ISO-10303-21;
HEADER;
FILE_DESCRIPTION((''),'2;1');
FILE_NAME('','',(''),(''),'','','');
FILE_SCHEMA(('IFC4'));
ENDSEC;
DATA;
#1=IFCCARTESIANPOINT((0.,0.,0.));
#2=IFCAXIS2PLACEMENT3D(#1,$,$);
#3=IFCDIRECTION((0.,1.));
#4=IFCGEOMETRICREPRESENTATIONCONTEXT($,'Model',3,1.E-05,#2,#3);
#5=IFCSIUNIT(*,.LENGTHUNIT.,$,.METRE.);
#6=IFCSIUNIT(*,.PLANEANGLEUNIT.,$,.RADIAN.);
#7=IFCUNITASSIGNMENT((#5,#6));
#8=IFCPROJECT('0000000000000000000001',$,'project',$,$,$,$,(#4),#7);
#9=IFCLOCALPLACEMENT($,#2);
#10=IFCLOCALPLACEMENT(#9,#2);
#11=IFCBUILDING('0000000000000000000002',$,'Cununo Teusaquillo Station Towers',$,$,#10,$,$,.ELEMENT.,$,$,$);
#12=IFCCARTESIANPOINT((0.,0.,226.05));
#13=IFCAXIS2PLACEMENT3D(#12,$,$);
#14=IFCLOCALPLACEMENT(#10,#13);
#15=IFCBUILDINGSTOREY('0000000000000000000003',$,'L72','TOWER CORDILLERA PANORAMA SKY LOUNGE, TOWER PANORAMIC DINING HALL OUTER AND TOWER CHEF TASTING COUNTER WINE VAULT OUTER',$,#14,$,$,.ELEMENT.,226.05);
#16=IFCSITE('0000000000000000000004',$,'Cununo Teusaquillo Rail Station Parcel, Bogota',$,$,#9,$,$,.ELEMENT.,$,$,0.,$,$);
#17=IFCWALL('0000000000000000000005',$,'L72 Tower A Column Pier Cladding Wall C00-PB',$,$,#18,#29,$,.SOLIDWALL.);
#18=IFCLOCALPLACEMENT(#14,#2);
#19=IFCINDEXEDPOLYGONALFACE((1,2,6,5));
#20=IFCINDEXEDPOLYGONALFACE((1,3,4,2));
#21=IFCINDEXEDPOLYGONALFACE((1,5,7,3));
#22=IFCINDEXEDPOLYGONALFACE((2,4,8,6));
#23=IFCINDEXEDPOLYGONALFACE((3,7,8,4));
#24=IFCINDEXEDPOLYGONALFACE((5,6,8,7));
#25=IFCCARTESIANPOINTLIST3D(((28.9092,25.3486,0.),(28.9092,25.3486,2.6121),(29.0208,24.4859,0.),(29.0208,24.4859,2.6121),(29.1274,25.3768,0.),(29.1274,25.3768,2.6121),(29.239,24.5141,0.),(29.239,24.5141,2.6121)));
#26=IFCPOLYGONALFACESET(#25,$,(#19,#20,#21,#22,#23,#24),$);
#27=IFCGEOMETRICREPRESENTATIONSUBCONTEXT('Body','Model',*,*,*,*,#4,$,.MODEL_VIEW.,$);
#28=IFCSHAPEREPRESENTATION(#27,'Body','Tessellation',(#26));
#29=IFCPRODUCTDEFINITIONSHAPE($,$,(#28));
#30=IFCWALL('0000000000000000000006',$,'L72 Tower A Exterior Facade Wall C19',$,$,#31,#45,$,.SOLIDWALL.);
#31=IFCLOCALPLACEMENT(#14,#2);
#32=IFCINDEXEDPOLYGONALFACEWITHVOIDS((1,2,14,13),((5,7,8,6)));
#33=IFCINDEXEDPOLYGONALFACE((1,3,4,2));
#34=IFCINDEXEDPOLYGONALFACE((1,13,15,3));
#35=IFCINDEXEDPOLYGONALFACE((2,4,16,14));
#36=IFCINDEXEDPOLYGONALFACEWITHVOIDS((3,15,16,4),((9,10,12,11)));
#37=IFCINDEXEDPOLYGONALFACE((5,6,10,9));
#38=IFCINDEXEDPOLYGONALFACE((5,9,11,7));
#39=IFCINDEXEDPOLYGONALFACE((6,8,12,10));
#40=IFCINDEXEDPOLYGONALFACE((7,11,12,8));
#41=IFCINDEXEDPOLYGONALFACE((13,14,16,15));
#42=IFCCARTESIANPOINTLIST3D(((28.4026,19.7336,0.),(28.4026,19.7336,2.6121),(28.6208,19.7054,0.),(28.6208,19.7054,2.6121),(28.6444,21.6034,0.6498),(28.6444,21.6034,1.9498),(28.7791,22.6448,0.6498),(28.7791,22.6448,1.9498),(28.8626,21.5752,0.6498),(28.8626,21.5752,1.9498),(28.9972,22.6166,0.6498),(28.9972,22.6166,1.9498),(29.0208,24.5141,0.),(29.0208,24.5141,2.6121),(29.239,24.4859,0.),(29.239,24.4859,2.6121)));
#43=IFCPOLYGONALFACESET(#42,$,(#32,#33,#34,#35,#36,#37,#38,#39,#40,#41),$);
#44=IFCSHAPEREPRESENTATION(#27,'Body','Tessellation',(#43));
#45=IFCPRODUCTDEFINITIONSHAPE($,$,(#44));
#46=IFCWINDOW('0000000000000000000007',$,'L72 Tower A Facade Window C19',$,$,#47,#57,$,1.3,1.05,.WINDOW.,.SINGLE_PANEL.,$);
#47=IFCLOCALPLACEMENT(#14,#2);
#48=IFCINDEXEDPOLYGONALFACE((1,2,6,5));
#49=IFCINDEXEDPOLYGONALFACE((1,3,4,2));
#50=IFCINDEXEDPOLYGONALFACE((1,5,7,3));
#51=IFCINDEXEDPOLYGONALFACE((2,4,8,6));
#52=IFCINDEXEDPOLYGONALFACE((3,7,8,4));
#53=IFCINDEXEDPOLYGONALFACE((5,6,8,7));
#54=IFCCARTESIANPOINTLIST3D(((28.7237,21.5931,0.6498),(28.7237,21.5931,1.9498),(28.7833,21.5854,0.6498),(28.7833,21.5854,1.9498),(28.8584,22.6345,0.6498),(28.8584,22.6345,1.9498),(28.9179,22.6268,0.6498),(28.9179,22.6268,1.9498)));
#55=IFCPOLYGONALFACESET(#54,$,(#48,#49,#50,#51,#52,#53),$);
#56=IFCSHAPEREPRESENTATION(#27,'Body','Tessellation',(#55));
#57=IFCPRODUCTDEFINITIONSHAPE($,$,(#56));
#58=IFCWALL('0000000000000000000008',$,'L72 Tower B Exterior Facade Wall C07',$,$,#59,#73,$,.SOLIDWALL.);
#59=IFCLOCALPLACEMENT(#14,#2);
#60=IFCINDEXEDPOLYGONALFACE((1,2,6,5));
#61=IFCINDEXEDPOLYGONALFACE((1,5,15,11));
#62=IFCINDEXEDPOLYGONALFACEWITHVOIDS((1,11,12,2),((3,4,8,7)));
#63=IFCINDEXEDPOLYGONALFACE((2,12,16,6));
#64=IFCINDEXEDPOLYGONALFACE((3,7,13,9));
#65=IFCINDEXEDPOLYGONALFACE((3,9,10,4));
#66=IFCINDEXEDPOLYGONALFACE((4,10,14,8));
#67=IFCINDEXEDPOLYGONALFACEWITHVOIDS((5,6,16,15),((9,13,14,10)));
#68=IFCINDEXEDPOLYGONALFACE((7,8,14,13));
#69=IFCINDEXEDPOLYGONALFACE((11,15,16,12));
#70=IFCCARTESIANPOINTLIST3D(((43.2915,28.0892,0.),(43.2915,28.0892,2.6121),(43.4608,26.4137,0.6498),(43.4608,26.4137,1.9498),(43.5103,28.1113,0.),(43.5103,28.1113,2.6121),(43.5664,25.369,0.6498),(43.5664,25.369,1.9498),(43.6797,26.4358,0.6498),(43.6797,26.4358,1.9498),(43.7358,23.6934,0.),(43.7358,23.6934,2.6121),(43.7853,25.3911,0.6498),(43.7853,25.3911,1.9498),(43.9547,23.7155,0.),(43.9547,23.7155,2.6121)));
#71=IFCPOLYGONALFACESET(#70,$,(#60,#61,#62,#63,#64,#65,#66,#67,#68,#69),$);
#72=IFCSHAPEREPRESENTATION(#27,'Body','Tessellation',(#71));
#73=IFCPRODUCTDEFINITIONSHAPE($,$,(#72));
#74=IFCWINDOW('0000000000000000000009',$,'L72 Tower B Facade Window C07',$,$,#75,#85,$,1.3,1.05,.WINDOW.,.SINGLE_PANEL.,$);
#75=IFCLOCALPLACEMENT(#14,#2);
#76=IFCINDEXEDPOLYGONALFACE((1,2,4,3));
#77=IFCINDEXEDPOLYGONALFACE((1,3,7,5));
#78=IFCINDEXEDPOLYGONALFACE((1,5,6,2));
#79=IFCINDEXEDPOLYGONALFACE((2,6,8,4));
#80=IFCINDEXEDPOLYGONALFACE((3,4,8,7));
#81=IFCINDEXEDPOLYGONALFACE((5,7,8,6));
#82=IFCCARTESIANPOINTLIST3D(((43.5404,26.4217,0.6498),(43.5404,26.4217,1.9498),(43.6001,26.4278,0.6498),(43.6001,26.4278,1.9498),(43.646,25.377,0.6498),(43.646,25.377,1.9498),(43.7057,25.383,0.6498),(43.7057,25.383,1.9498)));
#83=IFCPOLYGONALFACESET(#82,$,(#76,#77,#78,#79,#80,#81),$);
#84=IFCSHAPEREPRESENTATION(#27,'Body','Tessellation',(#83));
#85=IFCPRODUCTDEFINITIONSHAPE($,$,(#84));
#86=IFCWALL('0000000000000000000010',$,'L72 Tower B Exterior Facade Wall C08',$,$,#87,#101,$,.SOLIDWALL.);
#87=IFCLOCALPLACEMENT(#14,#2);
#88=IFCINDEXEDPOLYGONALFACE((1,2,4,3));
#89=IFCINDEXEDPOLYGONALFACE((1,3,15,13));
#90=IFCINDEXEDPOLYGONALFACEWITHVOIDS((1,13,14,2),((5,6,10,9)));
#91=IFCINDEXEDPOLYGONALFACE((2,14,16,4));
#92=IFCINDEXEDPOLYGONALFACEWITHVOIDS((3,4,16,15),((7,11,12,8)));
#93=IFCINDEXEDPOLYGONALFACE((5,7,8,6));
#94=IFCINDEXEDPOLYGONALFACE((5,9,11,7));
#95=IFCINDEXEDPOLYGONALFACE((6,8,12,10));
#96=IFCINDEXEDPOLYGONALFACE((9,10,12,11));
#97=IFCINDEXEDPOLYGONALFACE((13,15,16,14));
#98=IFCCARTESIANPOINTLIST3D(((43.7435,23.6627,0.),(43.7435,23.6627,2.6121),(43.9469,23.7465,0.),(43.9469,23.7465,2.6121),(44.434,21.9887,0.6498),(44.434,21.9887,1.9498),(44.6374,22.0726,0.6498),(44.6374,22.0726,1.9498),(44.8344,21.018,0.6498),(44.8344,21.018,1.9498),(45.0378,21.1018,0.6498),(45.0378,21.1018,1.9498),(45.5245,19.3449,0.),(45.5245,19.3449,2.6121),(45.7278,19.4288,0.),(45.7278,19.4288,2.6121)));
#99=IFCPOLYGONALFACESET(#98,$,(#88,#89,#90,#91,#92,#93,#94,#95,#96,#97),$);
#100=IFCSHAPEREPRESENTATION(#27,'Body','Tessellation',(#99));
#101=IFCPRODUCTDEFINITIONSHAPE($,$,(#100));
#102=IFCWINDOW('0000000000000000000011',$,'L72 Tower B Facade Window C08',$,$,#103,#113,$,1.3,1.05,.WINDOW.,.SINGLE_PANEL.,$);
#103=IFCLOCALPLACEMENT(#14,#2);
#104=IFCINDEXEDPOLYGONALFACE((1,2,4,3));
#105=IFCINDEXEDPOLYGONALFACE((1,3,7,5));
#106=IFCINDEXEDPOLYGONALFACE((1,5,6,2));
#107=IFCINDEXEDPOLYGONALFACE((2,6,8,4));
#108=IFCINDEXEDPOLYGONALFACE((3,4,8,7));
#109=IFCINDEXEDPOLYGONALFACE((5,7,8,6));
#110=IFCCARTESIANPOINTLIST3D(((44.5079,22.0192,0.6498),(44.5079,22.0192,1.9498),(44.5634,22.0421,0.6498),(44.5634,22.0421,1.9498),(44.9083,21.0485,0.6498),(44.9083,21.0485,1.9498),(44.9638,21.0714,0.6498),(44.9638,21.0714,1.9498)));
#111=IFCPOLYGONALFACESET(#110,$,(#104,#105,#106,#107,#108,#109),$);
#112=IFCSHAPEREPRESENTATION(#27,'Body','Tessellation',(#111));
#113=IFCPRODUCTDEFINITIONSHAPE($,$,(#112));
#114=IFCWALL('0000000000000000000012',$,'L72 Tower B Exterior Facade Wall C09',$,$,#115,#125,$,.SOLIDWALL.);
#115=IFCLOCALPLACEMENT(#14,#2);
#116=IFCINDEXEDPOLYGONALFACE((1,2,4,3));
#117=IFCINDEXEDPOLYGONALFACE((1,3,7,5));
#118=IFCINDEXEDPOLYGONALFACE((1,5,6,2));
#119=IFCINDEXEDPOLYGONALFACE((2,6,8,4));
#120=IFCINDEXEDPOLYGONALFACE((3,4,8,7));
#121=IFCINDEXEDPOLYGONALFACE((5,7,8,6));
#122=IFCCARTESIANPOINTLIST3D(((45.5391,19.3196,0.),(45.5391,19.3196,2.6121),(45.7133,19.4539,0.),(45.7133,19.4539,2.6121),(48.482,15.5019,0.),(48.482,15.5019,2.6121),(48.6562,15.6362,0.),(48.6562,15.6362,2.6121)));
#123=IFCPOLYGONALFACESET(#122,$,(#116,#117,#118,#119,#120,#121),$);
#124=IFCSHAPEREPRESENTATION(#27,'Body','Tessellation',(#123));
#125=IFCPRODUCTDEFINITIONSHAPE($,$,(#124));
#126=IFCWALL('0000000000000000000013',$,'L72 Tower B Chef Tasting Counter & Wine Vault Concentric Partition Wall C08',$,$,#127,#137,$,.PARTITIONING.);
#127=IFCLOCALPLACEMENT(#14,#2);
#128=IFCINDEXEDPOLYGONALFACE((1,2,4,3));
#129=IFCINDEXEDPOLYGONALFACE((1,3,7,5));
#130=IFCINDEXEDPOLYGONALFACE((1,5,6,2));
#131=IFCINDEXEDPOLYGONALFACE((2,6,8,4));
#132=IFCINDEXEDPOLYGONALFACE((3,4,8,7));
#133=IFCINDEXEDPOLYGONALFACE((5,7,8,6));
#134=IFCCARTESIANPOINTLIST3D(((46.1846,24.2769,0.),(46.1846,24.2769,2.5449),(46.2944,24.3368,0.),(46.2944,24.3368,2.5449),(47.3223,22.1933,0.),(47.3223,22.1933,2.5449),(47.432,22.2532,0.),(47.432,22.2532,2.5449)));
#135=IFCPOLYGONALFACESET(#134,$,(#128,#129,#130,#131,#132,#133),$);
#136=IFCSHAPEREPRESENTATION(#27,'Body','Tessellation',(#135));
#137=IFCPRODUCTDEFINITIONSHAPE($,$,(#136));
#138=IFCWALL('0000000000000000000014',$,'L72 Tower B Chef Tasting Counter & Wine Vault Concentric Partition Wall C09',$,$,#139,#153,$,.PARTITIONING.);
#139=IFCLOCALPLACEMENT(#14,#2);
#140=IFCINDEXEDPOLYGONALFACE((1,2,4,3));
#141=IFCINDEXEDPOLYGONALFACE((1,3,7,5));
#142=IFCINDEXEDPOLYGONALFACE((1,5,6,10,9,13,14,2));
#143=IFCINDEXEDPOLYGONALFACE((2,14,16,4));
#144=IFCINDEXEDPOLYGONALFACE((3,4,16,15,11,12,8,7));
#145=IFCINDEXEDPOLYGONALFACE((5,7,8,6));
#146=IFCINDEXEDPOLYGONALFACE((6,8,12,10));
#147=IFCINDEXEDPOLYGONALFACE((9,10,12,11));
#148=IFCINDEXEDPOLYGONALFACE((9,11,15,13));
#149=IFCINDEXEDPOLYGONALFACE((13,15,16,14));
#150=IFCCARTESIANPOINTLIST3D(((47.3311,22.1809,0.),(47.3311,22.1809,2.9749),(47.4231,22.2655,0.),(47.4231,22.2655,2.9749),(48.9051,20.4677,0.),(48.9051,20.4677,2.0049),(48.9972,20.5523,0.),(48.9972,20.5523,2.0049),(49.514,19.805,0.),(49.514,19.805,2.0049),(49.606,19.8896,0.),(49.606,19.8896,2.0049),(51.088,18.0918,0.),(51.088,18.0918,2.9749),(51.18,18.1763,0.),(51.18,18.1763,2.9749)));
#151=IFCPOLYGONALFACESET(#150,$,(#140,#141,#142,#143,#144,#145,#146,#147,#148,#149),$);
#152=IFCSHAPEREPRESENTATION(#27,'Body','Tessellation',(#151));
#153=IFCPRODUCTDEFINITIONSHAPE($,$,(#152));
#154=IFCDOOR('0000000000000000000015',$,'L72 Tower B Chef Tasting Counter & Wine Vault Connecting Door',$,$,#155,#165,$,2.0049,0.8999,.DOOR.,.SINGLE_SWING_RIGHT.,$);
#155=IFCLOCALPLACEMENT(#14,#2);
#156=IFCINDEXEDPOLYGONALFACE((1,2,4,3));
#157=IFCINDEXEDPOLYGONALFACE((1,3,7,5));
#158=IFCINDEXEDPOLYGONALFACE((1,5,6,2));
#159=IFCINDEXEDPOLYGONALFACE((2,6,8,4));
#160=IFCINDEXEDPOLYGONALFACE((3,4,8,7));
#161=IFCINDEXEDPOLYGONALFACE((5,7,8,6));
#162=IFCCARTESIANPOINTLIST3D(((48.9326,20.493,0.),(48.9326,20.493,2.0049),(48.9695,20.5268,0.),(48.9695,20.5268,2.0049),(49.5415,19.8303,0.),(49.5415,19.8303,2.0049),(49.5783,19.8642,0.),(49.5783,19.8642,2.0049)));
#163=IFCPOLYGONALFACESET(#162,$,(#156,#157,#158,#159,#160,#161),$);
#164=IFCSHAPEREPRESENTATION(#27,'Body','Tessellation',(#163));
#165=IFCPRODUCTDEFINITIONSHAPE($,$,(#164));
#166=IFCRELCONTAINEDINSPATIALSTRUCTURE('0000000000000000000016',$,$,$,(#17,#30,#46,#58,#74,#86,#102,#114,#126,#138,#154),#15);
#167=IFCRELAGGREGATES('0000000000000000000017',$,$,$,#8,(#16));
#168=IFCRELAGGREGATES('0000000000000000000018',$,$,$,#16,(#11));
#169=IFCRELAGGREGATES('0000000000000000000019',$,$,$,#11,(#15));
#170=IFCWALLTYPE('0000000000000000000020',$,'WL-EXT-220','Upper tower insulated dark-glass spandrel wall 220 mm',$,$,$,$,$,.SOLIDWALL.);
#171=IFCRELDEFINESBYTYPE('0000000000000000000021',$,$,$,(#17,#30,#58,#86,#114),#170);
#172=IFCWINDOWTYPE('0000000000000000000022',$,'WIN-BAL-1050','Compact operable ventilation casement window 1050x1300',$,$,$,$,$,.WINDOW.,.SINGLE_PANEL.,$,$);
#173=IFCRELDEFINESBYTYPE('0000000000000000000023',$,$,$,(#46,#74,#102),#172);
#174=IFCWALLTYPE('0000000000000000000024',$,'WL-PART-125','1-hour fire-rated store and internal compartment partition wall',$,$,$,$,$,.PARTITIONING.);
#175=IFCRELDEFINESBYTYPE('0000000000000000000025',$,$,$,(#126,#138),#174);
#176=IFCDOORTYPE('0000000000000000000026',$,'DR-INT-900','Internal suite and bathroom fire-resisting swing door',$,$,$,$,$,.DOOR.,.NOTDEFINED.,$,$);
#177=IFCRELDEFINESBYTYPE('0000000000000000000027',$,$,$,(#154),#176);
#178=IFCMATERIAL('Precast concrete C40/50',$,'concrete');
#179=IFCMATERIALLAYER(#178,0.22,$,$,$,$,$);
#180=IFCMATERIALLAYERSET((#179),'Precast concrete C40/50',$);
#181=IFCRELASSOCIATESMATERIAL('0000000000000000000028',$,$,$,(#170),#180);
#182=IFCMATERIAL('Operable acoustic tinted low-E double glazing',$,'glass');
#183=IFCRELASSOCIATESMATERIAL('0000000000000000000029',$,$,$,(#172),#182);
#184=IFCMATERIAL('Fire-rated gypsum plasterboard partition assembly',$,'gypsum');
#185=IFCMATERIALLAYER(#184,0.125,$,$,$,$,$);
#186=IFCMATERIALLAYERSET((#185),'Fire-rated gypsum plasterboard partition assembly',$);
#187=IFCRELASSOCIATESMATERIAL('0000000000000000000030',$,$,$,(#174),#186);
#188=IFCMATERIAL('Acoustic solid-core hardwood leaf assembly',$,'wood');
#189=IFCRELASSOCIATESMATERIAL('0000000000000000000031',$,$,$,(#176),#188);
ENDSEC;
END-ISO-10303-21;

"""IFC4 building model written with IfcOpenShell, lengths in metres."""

from ifc_helpers import new_model, si_unit, direction, frame, frame_2d, origin, place, context, subcontext, project, spatial, rectangle, extrude, source, transform, mapped, material, layer, layer_set, type_object, element, fill, save


model = new_model("IFC4")

# Units and contexts
model_context = context("Model", 3, precision=1e-05, world=origin(), true_north=direction((0.0, 1.0)))
body_context = subcontext(model_context, "Body", "Model", "MODEL_VIEW")
ifc_project = project(units=[si_unit("LENGTHUNIT", "METRE"), si_unit("PLANEANGLEUNIT", "RADIAN")], contexts=[model_context])

# Site, building, storey
site_placement = place(None, origin())
site = spatial("IfcSite", under=ifc_project, at=site_placement, Name="Cununo Teusaquillo Rail Station Parcel, Bogota", CompositionType="ELEMENT", RefElevation=0.0)
building_placement = place(site_placement, origin())
building = spatial("IfcBuilding", under=site, at=building_placement, Name="Cununo Teusaquillo Station Towers", CompositionType="ELEMENT")
storey_placement = place(building_placement, frame((0.0, 0.0, 226.05)))
storey = spatial("IfcBuildingStorey", under=building, at=storey_placement, Name="L72", Description="TOWER CORDILLERA PANORAMA SKY LOUNGE, TOWER PANORAMIC DINING HALL OUTER AND TOWER CHEF TASTING COUNTER WINE VAULT OUTER", CompositionType="ELEMENT", Elevation=226.05)

# Wall
ifc_material_1 = material(Name="Precast concrete C40/50", Category="concrete")
ifc_layer_1 = layer(ifc_material_1, 0.22)
ifc_layer_set_1 = layer_set([ifc_layer_1], Name="Precast concrete C40/50")
wall_type_1 = type_object("IfcWallType", Name="WL-EXT-220", Description="Upper tower insulated dark-glass spandrel wall 220 mm", PredefinedType="SOLIDWALL", material=ifc_layer_set_1)
wall_1_placement = place(storey_placement, frame((29.0183, 25.3628, 0.0), z_axis=(0.0, 0.0, 1.0), x_axis=(0.128247, -0.991742, 0.0)))
element("IfcWall", 1, at=wall_1_placement, inside=storey, type_object=wall_type_1, Name="L72 Tower A Column Pier Cladding Wall C00-PB", PredefinedType="SOLIDWALL", context=body_context, shape_type="SweptSolid", body=[
    extrude(rectangle(XDim=0.8699, YDim=0.22, at=frame_2d((0.4351, 0.0))), origin(), (0.0, 0.0, 1.0), 2.6121),
])

# Walls, openings, windows
wall_2_placement = place(storey_placement, frame((29.1299, 24.5, 0.0), z_axis=(0.0, 0.0, 1.0), x_axis=(-0.128241, -0.991743, 0.0)))
wall_2 = element("IfcWall", 2, at=wall_2_placement, inside=storey, type_object=wall_type_1, Name="L72 Tower A Exterior Facade Wall C19", PredefinedType="SOLIDWALL", context=body_context, shape_type="SweptSolid", body=[
    extrude(rectangle(XDim=4.8203, YDim=0.22, at=frame_2d((2.4102, 0.0))), origin(), (0.0, 0.0, 1.0), 2.6121),
])
shared_shape_1 = source(origin(), body_context, "Body", "SweptSolid", [
    extrude(rectangle(XDim=1.05, YDim=1.3, at=frame_2d((0.5249, 0.6499))), frame((0.0, 0.1199, 0.0), z_axis=(0.0, -1.0, 0.0), x_axis=(1.0, 0.0, 0.0)), (0.0, 0.0, 1.0), 0.24),
])
opening_1_placement = place(wall_2_placement, frame((1.885, 0.0, 0.6499)))
opening_1 = element("IfcOpeningElement", 3, at=opening_1_placement, cuts=wall_2, PredefinedType="OPENING", context=body_context, shape_type="MappedRepresentation", body=[
    mapped(shared_shape_1, transform((0.0, 0.0, 0.0), x_axis=(1.0, 0.0, 0.0), y_axis=(0.0, 1.0, 0.0), z_axis=(0.0, 0.0, 1.0), scale=1.0)),
])
ifc_material_2 = material(Name="Operable acoustic tinted low-E double glazing", Category="glass")
window_type = type_object("IfcWindowType", Name="WIN-BAL-1050", Description="Compact operable ventilation casement window 1050x1300", PartitioningType="SINGLE_PANEL", PredefinedType="WINDOW", material=ifc_material_2)
shared_shape_2 = source(origin(), body_context, "Body", "SweptSolid", [
    extrude(rectangle(XDim=1.05, YDim=1.3, at=frame_2d((0.5249, 0.6499))), frame((0.0, 0.03, 0.0), z_axis=(0.0, -1.0, 0.0), x_axis=(1.0, 0.0, 0.0)), (0.0, 0.0, 1.0), 0.0601),
])
window_1_placement = place(opening_1_placement, origin())
window_1 = element("IfcWindow", 4, at=window_1_placement, inside=storey, type_object=window_type, Name="L72 Tower A Facade Window C19", OverallHeight=1.3, OverallWidth=1.05, PartitioningType="SINGLE_PANEL", PredefinedType="WINDOW", context=body_context, shape_type="MappedRepresentation", body=[
    mapped(shared_shape_2, transform((0.0, 0.0, 0.0), x_axis=(1.0, 0.0, 0.0), y_axis=(0.0, 1.0, 0.0), z_axis=(0.0, 0.0, 1.0), scale=1.0)),
])
fill(opening_1, window_1)
wall_3_placement = place(storey_placement, frame((43.8452, 23.7046, 0.0), z_axis=(0.0, 0.0, 1.0), x_axis=(-0.100571, 0.99493, 0.0)))
wall_3 = element("IfcWall", 5, at=wall_3_placement, inside=storey, type_object=wall_type_1, Name="L72 Tower B Exterior Facade Wall C07", PredefinedType="SOLIDWALL", context=body_context, shape_type="SweptSolid", body=[
    extrude(rectangle(XDim=4.4182, YDim=0.22, at=frame_2d((2.209, 0.0))), origin(), (0.0, 0.0, 1.0), 2.6121),
])
opening_2_placement = place(wall_3_placement, frame((1.6841, 0.0, 0.6499)))
opening_2 = element("IfcOpeningElement", 6, at=opening_2_placement, cuts=wall_3, PredefinedType="OPENING", context=body_context, shape_type="MappedRepresentation", body=[
    mapped(shared_shape_1, transform((0.0, 0.0, 0.0), x_axis=(1.0, 0.0, 0.0), y_axis=(0.0, 1.0, 0.0), z_axis=(0.0, 0.0, 1.0), scale=1.0)),
])
window_2_placement = place(opening_2_placement, origin())
window_2 = element("IfcWindow", 7, at=window_2_placement, inside=storey, type_object=window_type, Name="L72 Tower B Facade Window C07", OverallHeight=1.3, OverallWidth=1.05, PartitioningType="SINGLE_PANEL", PredefinedType="WINDOW", context=body_context, shape_type="MappedRepresentation", body=[
    mapped(shared_shape_2, transform((0.0, 0.0, 0.0), x_axis=(1.0, 0.0, 0.0), y_axis=(0.0, 1.0, 0.0), z_axis=(0.0, 0.0, 1.0), scale=1.0)),
])
fill(opening_2, window_2)
wall_4_placement = place(storey_placement, frame((45.6262, 19.3867, 0.0), z_axis=(0.0, 0.0, 1.0), x_axis=(-0.38131, 0.924447, 0.0)))
wall_4 = element("IfcWall", 8, at=wall_4_placement, inside=storey, type_object=wall_type_1, Name="L72 Tower B Exterior Facade Wall C08", PredefinedType="SOLIDWALL", context=body_context, shape_type="SweptSolid", body=[
    extrude(rectangle(XDim=4.6707, YDim=0.22, at=frame_2d((2.3354, 0.0))), origin(), (0.0, 0.0, 1.0), 2.6121),
])
opening_3_placement = place(wall_4_placement, frame((1.8101, 0.0, 0.6499)))
opening_3 = element("IfcOpeningElement", 9, at=opening_3_placement, cuts=wall_4, PredefinedType="OPENING", context=body_context, shape_type="MappedRepresentation", body=[
    mapped(shared_shape_1, transform((0.0, 0.0, 0.0), x_axis=(1.0, 0.0, 0.0), y_axis=(0.0, 1.0, 0.0), z_axis=(0.0, 0.0, 1.0), scale=1.0)),
])
window_3_placement = place(opening_3_placement, origin())
window_3 = element("IfcWindow", 10, at=window_3_placement, inside=storey, type_object=window_type, Name="L72 Tower B Facade Window C08", OverallHeight=1.3, OverallWidth=1.05, PartitioningType="SINGLE_PANEL", PredefinedType="WINDOW", context=body_context, shape_type="MappedRepresentation", body=[
    mapped(shared_shape_2, transform((0.0, 0.0, 0.0), x_axis=(1.0, 0.0, 0.0), y_axis=(0.0, 1.0, 0.0), z_axis=(0.0, 0.0, 1.0), scale=1.0)),
])
fill(opening_3, window_3)

# Walls
wall_5_placement = place(storey_placement, frame((48.5691, 15.5691, 0.0), z_axis=(0.0, 0.0, 1.0), x_axis=(-0.610523, 0.791998, 0.0)))
element("IfcWall", 11, at=wall_5_placement, inside=storey, type_object=wall_type_1, Name="L72 Tower B Exterior Facade Wall C09", PredefinedType="SOLIDWALL", context=body_context, shape_type="SweptSolid", body=[
    extrude(rectangle(XDim=4.8203, YDim=0.22, at=frame_2d((2.4102, 0.0))), origin(), (0.0, 0.0, 1.0), 2.6121),
])
ifc_material_3 = material(Name="Fire-rated gypsum plasterboard partition assembly", Category="gypsum")
ifc_layer_2 = layer(ifc_material_3, 0.125)
ifc_layer_set_2 = layer_set([ifc_layer_2], Name="Fire-rated gypsum plasterboard partition assembly")
wall_type_2 = type_object("IfcWallType", Name="WL-PART-125", Description="1-hour fire-rated store and internal compartment partition wall", PredefinedType="PARTITIONING", material=ifc_layer_set_2)
wall_6_placement = place(storey_placement, frame((46.2395, 24.3069, 0.0), z_axis=(0.0, 0.0, 1.0), x_axis=(0.479212, -0.877699, 0.0)))
element("IfcWall", 12, at=wall_6_placement, inside=storey, type_object=wall_type_2, Name="L72 Tower B Chef Tasting Counter & Wine Vault Concentric Partition Wall C08", PredefinedType="PARTITIONING", context=body_context, shape_type="SweptSolid", body=[
    extrude(rectangle(XDim=2.374, YDim=0.125, at=frame_2d((1.187, 0.0))), origin(), (0.0, 0.0, 1.0), 2.5449),
])

# Wall, opening, door
wall_7_placement = place(storey_placement, frame((47.3772, 22.2231, 0.0), z_axis=(0.0, 0.0, 1.0), x_axis=(0.676554, -0.736393, 0.0)))
wall_7 = element("IfcWall", 13, at=wall_7_placement, inside=storey, type_object=wall_type_2, Name="L72 Tower B Chef Tasting Counter & Wine Vault Concentric Partition Wall C09", PredefinedType="PARTITIONING", context=body_context, shape_type="SweptSolid", body=[
    extrude(rectangle(XDim=5.553, YDim=0.125, at=frame_2d((2.7764, 0.0))), origin(), (0.0, 0.0, 1.0), 2.9749),
])
shared_shape_3 = source(origin(), body_context, "Body", "SweptSolid", [
    extrude(rectangle(XDim=0.8999, YDim=2.0049, at=frame_2d((0.45, 1.0024))), frame((0.0, 0.0725, 0.0), z_axis=(0.0, -1.0, 0.0), x_axis=(1.0, 0.0, 0.0)), (0.0, 0.0, 1.0), 0.145),
])
opening_4_placement = place(wall_7_placement, frame((2.3264, 0.0, 0.0)))
opening_4 = element("IfcOpeningElement", 14, at=opening_4_placement, cuts=wall_7, PredefinedType="OPENING", context=body_context, shape_type="MappedRepresentation", body=[
    mapped(shared_shape_3, transform((0.0, 0.0, 0.0), x_axis=(1.0, 0.0, 0.0), y_axis=(0.0, 1.0, 0.0), z_axis=(0.0, 0.0, 1.0), scale=1.0)),
])
ifc_material_4 = material(Name="Acoustic solid-core hardwood leaf assembly", Category="wood")
door_type_1 = type_object("IfcDoorType", Name="DR-INT-900", Description="Internal suite and bathroom fire-resisting swing door", OperationType="NOTDEFINED", PredefinedType="DOOR", material=ifc_material_4)
shared_shape_4 = source(origin(), body_context, "Body", "SweptSolid", [
    extrude(rectangle(XDim=0.8999, YDim=2.0049, at=frame_2d((0.45, 1.0024))), frame((0.0, 0.0249, 0.0), z_axis=(0.0, -1.0, 0.0), x_axis=(1.0, 0.0, 0.0)), (0.0, 0.0, 1.0), 0.05),
])
door_1_placement = place(opening_4_placement, origin())
door_1 = element("IfcDoor", 15, at=door_1_placement, inside=storey, type_object=door_type_1, Name="L72 Tower B Chef Tasting Counter & Wine Vault Connecting Door", OperationType="SINGLE_SWING_RIGHT", OverallHeight=2.0049, OverallWidth=0.8999, PredefinedType="DOOR", context=body_context, shape_type="MappedRepresentation", body=[
    mapped(shared_shape_4, transform((0.0, 0.0, 0.0), x_axis=(1.0, 0.0, 0.0), y_axis=(0.0, 1.0, 0.0), z_axis=(0.0, 0.0, 1.0), scale=1.0)),
])
fill(opening_4, door_1)

save(model, "model.ifc")
